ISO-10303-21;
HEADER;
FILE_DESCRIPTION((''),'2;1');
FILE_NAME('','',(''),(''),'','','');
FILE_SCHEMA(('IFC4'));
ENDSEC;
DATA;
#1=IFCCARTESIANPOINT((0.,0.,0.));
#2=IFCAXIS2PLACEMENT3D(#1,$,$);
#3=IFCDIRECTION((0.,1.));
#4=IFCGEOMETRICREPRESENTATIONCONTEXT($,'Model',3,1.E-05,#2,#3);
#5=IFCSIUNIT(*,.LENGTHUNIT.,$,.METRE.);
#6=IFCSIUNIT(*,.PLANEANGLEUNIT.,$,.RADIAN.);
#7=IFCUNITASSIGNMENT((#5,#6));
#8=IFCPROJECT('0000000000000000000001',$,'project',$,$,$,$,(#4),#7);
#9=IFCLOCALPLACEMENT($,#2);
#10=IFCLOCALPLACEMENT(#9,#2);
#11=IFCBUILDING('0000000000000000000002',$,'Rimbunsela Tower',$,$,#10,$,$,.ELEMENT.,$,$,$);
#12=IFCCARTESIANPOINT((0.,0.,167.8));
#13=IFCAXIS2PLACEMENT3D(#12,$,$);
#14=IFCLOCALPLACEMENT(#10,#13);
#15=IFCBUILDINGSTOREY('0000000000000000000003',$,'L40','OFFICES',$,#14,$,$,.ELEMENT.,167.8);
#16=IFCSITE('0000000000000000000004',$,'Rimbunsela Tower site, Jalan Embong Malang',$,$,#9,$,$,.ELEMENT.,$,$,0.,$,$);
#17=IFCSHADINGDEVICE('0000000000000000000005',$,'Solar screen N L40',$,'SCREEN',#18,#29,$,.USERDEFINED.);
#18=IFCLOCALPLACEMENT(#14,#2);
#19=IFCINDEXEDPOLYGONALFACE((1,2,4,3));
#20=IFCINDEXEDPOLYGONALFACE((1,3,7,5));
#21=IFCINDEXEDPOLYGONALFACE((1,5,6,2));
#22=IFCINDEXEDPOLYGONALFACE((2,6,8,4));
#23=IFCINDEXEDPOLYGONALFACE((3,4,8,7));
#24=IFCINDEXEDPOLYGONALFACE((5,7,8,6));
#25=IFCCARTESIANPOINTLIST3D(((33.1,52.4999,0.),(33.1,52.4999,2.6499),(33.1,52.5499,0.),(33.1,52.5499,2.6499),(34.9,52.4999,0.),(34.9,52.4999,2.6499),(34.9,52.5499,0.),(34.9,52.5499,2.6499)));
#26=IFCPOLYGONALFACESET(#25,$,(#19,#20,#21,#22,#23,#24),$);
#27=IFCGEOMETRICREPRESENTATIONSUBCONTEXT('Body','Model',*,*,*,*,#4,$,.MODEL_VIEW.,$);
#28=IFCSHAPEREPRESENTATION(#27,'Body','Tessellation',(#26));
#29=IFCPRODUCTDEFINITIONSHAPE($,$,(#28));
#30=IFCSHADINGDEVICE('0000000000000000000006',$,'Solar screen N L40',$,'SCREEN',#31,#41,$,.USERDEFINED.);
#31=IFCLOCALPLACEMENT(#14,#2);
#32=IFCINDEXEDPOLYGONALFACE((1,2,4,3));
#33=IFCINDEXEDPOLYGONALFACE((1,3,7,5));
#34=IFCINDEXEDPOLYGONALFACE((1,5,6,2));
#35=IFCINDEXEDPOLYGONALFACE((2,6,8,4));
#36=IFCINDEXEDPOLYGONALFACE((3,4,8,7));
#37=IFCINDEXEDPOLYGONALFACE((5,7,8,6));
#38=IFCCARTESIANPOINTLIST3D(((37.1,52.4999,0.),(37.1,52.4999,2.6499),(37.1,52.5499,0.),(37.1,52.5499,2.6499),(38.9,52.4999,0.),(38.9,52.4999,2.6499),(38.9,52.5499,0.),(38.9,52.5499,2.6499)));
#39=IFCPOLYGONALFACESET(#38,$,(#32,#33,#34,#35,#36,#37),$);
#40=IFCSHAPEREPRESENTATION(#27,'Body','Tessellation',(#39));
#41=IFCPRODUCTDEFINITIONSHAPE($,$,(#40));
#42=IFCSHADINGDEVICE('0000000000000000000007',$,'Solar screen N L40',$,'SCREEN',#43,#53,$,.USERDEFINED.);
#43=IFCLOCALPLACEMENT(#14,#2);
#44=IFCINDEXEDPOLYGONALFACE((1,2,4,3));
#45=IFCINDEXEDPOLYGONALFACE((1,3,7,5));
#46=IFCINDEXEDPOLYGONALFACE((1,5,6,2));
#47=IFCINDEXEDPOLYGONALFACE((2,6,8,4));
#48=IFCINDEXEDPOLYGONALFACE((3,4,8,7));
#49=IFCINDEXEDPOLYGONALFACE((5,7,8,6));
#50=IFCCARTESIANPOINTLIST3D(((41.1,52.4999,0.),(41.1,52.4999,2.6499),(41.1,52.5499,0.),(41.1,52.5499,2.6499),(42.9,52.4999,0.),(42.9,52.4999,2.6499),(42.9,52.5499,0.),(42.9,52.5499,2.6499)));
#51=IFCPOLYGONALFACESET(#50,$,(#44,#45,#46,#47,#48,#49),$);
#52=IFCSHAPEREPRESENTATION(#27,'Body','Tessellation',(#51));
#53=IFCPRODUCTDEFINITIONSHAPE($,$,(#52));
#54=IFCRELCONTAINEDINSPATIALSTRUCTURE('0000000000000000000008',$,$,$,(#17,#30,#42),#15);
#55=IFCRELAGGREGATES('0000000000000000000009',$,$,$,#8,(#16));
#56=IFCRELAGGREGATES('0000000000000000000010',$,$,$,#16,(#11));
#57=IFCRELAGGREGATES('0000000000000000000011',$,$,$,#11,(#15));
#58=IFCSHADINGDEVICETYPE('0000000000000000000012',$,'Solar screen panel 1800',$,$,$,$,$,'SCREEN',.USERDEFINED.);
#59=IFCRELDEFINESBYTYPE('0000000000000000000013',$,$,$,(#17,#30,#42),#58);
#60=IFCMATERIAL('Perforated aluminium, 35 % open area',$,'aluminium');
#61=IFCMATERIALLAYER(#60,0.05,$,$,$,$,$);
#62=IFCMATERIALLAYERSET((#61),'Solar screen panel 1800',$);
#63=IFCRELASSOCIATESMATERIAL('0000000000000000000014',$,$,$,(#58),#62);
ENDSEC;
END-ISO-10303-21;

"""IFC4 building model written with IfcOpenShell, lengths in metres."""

from ifc_helpers import new_model, si_unit, direction, frame, origin, origin_2d, place, context, subcontext, project, spatial, rectangle, extrude, material, layer, layer_set, type_object, element, save


model = new_model("IFC4")

# Units and contexts
model_context = context("Model", 3, precision=1e-05, world=origin(), true_north=direction((0.0, 1.0)))
body_context = subcontext(model_context, "Body", "Model", "MODEL_VIEW")
ifc_project = project(units=[si_unit("LENGTHUNIT", "METRE"), si_unit("PLANEANGLEUNIT", "RADIAN")], contexts=[model_context])

# Site, building, storey
site_placement = place(None, origin())
site = spatial("IfcSite", under=ifc_project, at=site_placement, Name="Rimbunsela Tower site, Jalan Embong Malang", CompositionType="ELEMENT", RefElevation=0.0)
building_placement = place(site_placement, origin())
building = spatial("IfcBuilding", under=site, at=building_placement, Name="Rimbunsela Tower", CompositionType="ELEMENT")
storey_placement = place(building_placement, frame((0.0, 0.0, 167.8)))
storey = spatial("IfcBuildingStorey", under=building, at=storey_placement, Name="L40", Description="OFFICES", CompositionType="ELEMENT", Elevation=167.8)

# Shading devices
ifc_material_1 = material(Name="Perforated aluminium, 35 % open area", Category="aluminium")
ifc_layer_1 = layer(ifc_material_1, 0.05)
ifc_layer_set_1 = layer_set([ifc_layer_1], Name="Solar screen panel 1800")
shading_device_type = type_object("IfcShadingDeviceType", Name="Solar screen panel 1800", ElementType="SCREEN", PredefinedType="USERDEFINED", material=ifc_layer_set_1)
for number, where, z_axis, x_axis, name in (
    (1, (34.0, 52.5249, 0.0), (0.0, 0.0, 1.0), (1.0, 0.0, 0.0), "Solar screen N L40"),
    (2, (38.0, 52.5249, 0.0), (0.0, 0.0, 1.0), (1.0, 0.0, 0.0), "Solar screen N L40"),
    (3, (42.0, 52.5249, 0.0), (0.0, 0.0, 1.0), (1.0, 0.0, 0.0), "Solar screen N L40"),
):
    element("IfcShadingDevice", number, at=place(storey_placement, frame(where, z_axis=z_axis, x_axis=x_axis)), inside=storey, type_object=shading_device_type, Name=name, ObjectType="SCREEN", PredefinedType="USERDEFINED", context=body_context, shape_type="SweptSolid", body=[
        extrude(rectangle(XDim=1.8, YDim=0.05, at=origin_2d()), origin(), (0.0, 0.0, 1.0), 2.6499),
    ])

save(model, "model.ifc")
